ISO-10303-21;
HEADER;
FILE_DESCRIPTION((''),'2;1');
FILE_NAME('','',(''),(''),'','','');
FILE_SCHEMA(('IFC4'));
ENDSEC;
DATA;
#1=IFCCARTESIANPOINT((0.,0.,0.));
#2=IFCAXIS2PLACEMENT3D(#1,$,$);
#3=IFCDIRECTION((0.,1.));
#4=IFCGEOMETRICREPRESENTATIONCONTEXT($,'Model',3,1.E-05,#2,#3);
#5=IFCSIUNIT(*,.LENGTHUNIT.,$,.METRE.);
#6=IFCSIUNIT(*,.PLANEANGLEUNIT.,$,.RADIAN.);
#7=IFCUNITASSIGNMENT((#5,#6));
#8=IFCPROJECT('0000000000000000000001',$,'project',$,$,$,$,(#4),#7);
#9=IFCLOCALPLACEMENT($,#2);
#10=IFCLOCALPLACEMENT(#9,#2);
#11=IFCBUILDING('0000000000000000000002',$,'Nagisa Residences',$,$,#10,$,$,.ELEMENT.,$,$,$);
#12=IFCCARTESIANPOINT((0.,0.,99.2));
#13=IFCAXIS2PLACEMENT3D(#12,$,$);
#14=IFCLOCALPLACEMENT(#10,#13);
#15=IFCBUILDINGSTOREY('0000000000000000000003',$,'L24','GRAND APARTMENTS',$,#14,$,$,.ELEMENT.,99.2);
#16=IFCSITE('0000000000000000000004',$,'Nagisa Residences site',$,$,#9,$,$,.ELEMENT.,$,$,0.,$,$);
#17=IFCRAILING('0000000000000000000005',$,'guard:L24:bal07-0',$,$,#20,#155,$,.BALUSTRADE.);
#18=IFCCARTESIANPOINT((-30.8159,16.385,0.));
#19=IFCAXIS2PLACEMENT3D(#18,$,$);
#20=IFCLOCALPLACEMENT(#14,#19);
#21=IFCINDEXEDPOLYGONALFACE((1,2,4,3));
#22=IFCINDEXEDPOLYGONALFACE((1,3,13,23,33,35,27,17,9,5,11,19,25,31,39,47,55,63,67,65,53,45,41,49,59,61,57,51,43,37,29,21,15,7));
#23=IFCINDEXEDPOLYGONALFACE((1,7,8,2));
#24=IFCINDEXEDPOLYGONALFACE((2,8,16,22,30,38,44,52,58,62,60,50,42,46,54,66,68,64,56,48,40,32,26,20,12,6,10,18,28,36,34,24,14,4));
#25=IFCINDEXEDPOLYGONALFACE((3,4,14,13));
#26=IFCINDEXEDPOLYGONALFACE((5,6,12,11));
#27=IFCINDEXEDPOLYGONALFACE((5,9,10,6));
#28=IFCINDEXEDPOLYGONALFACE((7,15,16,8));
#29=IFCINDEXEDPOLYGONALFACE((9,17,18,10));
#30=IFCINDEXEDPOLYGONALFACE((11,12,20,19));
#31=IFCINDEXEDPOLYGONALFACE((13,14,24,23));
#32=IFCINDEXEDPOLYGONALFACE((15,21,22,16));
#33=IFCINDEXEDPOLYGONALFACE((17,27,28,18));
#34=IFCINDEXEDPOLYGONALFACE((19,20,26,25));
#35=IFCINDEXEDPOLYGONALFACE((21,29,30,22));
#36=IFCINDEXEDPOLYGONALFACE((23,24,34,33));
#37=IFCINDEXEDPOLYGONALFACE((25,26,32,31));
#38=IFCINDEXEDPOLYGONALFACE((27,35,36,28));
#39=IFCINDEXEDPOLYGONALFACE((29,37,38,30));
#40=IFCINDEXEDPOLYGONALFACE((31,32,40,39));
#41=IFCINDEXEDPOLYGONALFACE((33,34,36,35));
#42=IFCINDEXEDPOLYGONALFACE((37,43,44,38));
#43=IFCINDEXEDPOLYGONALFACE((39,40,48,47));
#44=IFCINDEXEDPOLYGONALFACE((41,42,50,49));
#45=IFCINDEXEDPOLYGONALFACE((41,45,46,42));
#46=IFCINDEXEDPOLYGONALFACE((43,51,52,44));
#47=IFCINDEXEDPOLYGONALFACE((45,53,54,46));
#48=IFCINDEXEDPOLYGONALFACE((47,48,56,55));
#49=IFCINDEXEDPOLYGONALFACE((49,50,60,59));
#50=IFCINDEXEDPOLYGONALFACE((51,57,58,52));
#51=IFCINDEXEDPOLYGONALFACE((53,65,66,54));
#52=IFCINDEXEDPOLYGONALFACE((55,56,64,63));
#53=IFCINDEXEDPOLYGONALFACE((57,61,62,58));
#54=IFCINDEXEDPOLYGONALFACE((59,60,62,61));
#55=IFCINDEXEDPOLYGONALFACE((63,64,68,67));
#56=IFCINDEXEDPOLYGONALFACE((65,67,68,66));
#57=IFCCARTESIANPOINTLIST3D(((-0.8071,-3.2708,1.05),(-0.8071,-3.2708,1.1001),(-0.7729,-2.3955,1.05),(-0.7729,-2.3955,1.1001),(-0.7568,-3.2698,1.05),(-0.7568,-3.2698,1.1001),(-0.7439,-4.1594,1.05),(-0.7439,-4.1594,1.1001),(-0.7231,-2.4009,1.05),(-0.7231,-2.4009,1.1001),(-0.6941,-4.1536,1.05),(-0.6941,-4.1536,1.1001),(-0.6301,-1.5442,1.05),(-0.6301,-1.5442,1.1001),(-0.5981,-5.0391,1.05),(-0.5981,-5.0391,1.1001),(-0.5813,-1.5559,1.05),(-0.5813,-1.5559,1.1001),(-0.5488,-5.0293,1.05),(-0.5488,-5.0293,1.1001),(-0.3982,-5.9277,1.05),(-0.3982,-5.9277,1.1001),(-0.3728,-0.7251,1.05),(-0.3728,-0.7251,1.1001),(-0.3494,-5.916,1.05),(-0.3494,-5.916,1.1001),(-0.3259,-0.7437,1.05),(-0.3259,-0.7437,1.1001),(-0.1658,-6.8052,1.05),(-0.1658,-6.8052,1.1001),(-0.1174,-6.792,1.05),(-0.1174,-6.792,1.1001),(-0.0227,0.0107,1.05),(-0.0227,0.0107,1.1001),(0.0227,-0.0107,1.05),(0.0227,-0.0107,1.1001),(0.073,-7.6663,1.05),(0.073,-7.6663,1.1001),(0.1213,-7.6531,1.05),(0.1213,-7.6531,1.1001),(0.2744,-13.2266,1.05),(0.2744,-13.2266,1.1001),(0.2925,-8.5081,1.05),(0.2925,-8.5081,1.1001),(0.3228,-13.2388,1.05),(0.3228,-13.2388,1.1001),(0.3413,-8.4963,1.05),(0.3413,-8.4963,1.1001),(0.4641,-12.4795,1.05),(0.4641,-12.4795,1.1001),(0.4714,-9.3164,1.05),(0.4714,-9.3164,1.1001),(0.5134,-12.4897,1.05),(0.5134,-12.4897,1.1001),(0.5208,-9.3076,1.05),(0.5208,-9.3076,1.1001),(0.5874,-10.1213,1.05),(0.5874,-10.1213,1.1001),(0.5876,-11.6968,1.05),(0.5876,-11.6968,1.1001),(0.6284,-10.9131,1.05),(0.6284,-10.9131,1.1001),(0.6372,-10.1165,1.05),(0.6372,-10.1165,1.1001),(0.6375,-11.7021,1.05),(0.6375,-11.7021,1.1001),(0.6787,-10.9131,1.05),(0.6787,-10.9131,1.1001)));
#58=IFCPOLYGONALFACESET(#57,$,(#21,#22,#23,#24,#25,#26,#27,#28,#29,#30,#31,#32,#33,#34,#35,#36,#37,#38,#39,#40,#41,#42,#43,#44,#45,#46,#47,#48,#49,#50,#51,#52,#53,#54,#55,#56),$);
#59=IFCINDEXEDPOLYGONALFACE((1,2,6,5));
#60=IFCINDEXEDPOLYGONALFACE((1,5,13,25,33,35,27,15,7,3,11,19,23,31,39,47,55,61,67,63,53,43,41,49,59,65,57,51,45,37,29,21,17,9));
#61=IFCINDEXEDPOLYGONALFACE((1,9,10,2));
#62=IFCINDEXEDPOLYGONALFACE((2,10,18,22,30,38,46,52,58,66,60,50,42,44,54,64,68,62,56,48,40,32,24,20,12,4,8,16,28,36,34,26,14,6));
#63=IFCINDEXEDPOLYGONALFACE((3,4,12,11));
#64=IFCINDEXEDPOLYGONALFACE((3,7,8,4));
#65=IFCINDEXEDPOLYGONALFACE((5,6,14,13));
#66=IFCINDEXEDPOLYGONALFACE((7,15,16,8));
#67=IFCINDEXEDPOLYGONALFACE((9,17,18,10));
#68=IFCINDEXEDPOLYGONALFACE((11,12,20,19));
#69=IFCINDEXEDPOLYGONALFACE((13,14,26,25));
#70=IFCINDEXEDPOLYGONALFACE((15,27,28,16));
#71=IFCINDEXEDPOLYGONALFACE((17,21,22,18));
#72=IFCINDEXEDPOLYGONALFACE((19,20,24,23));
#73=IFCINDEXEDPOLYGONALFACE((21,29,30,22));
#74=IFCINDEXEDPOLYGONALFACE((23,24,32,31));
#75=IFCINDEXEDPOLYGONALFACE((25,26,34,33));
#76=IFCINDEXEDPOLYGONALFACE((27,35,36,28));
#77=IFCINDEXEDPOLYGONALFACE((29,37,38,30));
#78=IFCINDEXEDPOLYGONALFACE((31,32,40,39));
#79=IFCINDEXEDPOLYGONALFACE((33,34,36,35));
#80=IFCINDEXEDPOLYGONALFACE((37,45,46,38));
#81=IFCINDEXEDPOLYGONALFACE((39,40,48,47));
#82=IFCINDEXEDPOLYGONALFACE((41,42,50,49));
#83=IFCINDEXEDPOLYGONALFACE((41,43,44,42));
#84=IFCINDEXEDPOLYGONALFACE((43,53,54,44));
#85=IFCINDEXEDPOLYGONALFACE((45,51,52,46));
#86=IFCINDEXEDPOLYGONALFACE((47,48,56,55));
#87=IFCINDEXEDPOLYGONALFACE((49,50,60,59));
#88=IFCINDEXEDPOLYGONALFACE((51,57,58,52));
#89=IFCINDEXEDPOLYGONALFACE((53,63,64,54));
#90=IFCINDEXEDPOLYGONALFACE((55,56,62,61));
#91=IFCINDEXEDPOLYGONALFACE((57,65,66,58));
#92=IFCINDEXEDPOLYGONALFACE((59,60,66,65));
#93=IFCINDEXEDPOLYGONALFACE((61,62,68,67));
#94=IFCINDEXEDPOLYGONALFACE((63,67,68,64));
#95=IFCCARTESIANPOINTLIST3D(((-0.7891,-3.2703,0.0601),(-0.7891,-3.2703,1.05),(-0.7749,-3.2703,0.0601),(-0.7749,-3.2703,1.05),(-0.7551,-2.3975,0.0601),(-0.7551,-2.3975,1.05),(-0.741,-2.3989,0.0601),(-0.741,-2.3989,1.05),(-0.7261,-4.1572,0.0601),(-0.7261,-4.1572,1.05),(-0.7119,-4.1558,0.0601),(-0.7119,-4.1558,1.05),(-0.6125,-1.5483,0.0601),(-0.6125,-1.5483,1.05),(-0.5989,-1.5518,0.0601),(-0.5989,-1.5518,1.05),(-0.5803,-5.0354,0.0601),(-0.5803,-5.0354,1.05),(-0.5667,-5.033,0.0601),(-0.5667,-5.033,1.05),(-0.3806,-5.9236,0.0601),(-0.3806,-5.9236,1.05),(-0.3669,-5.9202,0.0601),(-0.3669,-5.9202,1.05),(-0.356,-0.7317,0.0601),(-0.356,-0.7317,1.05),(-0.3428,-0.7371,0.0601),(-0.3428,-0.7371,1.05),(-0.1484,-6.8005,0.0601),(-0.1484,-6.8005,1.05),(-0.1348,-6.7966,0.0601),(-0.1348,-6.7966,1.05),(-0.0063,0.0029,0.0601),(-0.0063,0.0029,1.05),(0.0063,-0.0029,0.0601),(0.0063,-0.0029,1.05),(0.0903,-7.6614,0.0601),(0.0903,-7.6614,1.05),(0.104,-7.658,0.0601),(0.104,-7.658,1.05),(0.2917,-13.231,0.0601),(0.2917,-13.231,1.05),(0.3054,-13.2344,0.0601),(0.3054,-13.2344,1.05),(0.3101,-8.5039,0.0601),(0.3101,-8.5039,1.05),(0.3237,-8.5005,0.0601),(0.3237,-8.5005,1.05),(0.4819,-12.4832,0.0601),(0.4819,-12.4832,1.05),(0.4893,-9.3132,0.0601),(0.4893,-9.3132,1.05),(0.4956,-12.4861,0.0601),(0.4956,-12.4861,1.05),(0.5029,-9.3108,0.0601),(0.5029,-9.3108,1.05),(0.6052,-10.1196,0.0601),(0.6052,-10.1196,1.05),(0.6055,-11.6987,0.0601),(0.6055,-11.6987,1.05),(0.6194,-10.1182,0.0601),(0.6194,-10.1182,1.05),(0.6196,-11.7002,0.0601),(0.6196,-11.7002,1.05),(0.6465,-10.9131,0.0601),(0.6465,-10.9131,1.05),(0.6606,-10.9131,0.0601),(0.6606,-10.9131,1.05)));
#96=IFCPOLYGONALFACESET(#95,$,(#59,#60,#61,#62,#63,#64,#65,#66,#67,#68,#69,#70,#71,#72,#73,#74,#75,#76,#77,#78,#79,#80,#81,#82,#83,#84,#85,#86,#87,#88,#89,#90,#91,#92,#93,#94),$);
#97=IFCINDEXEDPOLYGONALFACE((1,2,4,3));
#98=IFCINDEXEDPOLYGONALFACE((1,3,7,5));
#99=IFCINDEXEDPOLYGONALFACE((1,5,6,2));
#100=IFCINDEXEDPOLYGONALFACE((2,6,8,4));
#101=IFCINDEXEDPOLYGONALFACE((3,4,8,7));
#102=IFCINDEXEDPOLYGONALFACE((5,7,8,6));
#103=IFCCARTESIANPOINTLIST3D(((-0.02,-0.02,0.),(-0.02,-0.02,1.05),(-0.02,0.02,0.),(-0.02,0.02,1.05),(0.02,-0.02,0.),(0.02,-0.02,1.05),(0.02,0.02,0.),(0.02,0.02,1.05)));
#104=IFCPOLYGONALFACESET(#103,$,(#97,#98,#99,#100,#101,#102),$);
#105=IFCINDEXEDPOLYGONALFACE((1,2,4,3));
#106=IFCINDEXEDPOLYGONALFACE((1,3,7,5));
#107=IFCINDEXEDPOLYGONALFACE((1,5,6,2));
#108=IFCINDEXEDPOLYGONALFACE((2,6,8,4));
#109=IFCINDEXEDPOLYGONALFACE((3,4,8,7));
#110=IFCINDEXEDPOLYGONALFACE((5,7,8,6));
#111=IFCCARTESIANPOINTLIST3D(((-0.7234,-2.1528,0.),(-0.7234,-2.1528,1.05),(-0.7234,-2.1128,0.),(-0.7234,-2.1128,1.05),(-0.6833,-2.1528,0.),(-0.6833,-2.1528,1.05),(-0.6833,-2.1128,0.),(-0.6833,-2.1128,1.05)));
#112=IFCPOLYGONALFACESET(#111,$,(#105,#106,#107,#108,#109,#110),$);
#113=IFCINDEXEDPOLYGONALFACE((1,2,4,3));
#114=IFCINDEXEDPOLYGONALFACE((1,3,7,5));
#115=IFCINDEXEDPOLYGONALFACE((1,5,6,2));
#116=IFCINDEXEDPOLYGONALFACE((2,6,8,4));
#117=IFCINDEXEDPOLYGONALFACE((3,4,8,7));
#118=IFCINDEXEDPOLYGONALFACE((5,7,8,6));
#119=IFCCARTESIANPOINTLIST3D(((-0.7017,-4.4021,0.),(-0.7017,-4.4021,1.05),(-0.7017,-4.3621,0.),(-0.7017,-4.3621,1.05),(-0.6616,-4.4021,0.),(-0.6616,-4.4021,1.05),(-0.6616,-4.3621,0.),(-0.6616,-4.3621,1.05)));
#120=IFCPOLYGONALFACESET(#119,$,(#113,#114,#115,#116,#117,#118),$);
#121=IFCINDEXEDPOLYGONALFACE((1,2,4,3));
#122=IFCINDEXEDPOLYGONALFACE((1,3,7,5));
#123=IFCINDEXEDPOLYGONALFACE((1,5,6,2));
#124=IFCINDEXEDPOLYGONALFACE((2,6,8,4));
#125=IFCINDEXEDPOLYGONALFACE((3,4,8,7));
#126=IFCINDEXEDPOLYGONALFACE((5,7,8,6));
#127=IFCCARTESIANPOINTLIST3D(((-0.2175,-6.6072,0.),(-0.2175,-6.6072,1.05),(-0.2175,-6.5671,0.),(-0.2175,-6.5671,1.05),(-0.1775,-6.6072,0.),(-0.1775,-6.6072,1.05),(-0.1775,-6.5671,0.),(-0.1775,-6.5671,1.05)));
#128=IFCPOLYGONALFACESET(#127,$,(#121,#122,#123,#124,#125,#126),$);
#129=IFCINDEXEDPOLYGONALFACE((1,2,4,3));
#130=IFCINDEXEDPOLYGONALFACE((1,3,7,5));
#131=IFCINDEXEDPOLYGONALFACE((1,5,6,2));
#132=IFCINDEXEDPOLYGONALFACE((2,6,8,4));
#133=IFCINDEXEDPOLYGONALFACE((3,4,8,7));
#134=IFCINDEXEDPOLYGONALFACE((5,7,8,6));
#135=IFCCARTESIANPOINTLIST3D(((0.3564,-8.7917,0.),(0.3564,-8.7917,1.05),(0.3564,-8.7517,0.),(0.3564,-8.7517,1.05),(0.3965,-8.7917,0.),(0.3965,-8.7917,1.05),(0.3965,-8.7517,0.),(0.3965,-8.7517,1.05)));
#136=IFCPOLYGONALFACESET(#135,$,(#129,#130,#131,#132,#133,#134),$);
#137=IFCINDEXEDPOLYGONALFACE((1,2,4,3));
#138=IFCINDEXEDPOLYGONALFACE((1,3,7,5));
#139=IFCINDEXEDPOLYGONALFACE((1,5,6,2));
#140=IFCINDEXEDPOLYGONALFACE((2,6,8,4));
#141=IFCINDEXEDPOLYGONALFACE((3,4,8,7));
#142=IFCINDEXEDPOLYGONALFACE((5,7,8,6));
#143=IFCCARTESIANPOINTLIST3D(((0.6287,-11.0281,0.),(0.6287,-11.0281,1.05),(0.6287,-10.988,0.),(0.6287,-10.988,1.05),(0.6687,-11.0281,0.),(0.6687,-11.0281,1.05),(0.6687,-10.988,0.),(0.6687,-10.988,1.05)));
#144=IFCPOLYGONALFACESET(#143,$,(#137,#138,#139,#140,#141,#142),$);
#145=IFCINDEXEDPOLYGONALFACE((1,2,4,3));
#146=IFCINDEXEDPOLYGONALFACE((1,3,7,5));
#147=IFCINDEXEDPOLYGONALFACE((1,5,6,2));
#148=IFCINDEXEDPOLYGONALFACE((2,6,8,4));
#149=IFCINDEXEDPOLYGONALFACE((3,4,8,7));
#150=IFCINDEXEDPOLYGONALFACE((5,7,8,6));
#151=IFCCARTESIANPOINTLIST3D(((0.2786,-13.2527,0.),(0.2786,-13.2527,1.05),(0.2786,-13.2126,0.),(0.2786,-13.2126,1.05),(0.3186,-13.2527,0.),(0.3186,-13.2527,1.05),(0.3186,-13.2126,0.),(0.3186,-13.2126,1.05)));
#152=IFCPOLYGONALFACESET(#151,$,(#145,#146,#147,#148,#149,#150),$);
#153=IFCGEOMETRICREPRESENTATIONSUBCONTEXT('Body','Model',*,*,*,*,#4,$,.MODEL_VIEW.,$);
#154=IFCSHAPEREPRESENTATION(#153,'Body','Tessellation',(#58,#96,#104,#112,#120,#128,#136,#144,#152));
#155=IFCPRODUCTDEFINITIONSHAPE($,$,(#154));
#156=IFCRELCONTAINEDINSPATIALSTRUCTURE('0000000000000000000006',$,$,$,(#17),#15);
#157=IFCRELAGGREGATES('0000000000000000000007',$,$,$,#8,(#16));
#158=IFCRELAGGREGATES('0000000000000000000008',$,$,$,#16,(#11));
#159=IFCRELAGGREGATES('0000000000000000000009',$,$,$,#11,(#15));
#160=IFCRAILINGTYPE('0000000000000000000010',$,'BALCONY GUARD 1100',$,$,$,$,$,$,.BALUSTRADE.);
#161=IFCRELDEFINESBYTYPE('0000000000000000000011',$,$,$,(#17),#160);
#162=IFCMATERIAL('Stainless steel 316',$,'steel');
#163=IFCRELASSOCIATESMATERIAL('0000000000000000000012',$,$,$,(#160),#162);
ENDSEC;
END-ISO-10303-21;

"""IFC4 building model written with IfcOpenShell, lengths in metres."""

from ifc_helpers import new_model, si_unit, direction, frame, origin, origin_2d, place, context, subcontext, project, spatial, polyline, rectangle, outline, extrude, material, type_object, element, save


model = new_model("IFC4")

# Units and contexts
model_context = context("Model", 3, precision=1e-05, world=origin(), true_north=direction((0.0, 1.0)))
body_context = subcontext(model_context, "Body", "Model", "MODEL_VIEW")
ifc_project = project(units=[si_unit("LENGTHUNIT", "METRE"), si_unit("PLANEANGLEUNIT", "RADIAN")], contexts=[model_context])

# Site, building, storey
site_placement = place(None, origin())
site = spatial("IfcSite", under=ifc_project, at=site_placement, Name="Nagisa Residences site", CompositionType="ELEMENT", RefElevation=0.0)
building_placement = place(site_placement, origin())
building = spatial("IfcBuilding", under=site, at=building_placement, Name="Nagisa Residences", CompositionType="ELEMENT")
storey_placement = place(building_placement, frame((0.0, 0.0, 99.2)))
storey = spatial("IfcBuildingStorey", under=building, at=storey_placement, Name="L24", Description="GRAND APARTMENTS", CompositionType="ELEMENT", Elevation=99.2)

# Railing
ifc_material_1 = material(Name="Stainless steel 316", Category="steel")
railing_type = type_object("IfcRailingType", Name="BALCONY GUARD 1100", PredefinedType="BALUSTRADE", material=ifc_material_1)
railing_1_placement = place(storey_placement, frame((-30.8159, 16.385, 0.0)))
element("IfcRailing", 1, at=railing_1_placement, inside=storey, type_object=railing_type, Name="guard:L24:bal07-0", PredefinedType="BALUSTRADE", context=body_context, shape_type="SweptSolid", body=[
    extrude(outline(polyline([(-0.3259, -0.7437), (0.0227, -0.0107), (-0.0227, 0.0107), (-0.3728, -0.7251), (-0.6301, -1.5442), (-0.7729, -2.3955), (-0.8071, -3.2708), (-0.7439, -4.1594), (-0.5981, -5.0391), (-0.3982, -5.9277), (-0.1658, -6.8052), (0.073, -7.6663), (0.2925, -8.5081), (0.4714, -9.3164), (0.5874, -10.1213), (0.6284, -10.9131), (0.5876, -11.6968), (0.4641, -12.4795), (0.2744, -13.2266), (0.3228, -13.2388), (0.5134, -12.4897), (0.6375, -11.7021), (0.6787, -10.9131), (0.6372, -10.1165), (0.5208, -9.3076), (0.3413, -8.4963), (0.1213, -7.6531), (-0.1174, -6.792), (-0.3494, -5.916), (-0.5488, -5.0293), (-0.6941, -4.1536), (-0.7568, -3.2698), (-0.7231, -2.4009), (-0.5813, -1.5559), (-0.3259, -0.7437)])), frame((0.0, 0.0, 1.05)), (0.0, 0.0, 1.0), 0.05),
    extrude(outline(polyline([(-0.3428, -0.7371), (0.0063, -0.0029), (-0.0063, 0.0029), (-0.356, -0.7317), (-0.6125, -1.5483), (-0.7551, -2.3975), (-0.7891, -3.2703), (-0.7261, -4.1572), (-0.5803, -5.0354), (-0.3806, -5.9236), (-0.1484, -6.8005), (0.0903, -7.6614), (0.3101, -8.5039), (0.4893, -9.3132), (0.6052, -10.1196), (0.6465, -10.9131), (0.6055, -11.6987), (0.4819, -12.4832), (0.2917, -13.231), (0.3054, -13.2344), (0.4956, -12.4861), (0.6196, -11.7002), (0.6606, -10.9131), (0.6194, -10.1182), (0.5029, -9.3108), (0.3237, -8.5005), (0.104, -7.658), (-0.1348, -6.7966), (-0.3669, -5.9202), (-0.5667, -5.033), (-0.7119, -4.1558), (-0.7749, -3.2703), (-0.741, -2.3989), (-0.5989, -1.5518), (-0.3428, -0.7371)])), frame((0.0, 0.0, 0.0601)), (0.0, 0.0, 1.0), 0.99),
    extrude(rectangle(XDim=0.04, YDim=0.04, at=origin_2d()), origin(), (0.0, 0.0, 1.0), 1.05),
    extrude(rectangle(XDim=0.04, YDim=0.04, at=origin_2d()), frame((-0.7034, -2.1328, 0.0)), (0.0, 0.0, 1.0), 1.05),
    extrude(rectangle(XDim=0.04, YDim=0.04, at=origin_2d()), frame((-0.6816, -4.3821, 0.0)), (0.0, 0.0, 1.0), 1.05),
    extrude(rectangle(XDim=0.04, YDim=0.04, at=origin_2d()), frame((-0.1975, -6.5872, 0.0)), (0.0, 0.0, 1.0), 1.05),
    extrude(rectangle(XDim=0.04, YDim=0.04, at=origin_2d()), frame((0.3765, -8.7717, 0.0)), (0.0, 0.0, 1.0), 1.05),
    extrude(rectangle(XDim=0.04, YDim=0.04, at=origin_2d()), frame((0.6487, -11.0081, 0.0)), (0.0, 0.0, 1.0), 1.05),
    extrude(rectangle(XDim=0.04, YDim=0.04, at=origin_2d()), frame((0.2986, -13.2327, 0.0)), (0.0, 0.0, 1.0), 1.05),
])

save(model, "model.ifc")
